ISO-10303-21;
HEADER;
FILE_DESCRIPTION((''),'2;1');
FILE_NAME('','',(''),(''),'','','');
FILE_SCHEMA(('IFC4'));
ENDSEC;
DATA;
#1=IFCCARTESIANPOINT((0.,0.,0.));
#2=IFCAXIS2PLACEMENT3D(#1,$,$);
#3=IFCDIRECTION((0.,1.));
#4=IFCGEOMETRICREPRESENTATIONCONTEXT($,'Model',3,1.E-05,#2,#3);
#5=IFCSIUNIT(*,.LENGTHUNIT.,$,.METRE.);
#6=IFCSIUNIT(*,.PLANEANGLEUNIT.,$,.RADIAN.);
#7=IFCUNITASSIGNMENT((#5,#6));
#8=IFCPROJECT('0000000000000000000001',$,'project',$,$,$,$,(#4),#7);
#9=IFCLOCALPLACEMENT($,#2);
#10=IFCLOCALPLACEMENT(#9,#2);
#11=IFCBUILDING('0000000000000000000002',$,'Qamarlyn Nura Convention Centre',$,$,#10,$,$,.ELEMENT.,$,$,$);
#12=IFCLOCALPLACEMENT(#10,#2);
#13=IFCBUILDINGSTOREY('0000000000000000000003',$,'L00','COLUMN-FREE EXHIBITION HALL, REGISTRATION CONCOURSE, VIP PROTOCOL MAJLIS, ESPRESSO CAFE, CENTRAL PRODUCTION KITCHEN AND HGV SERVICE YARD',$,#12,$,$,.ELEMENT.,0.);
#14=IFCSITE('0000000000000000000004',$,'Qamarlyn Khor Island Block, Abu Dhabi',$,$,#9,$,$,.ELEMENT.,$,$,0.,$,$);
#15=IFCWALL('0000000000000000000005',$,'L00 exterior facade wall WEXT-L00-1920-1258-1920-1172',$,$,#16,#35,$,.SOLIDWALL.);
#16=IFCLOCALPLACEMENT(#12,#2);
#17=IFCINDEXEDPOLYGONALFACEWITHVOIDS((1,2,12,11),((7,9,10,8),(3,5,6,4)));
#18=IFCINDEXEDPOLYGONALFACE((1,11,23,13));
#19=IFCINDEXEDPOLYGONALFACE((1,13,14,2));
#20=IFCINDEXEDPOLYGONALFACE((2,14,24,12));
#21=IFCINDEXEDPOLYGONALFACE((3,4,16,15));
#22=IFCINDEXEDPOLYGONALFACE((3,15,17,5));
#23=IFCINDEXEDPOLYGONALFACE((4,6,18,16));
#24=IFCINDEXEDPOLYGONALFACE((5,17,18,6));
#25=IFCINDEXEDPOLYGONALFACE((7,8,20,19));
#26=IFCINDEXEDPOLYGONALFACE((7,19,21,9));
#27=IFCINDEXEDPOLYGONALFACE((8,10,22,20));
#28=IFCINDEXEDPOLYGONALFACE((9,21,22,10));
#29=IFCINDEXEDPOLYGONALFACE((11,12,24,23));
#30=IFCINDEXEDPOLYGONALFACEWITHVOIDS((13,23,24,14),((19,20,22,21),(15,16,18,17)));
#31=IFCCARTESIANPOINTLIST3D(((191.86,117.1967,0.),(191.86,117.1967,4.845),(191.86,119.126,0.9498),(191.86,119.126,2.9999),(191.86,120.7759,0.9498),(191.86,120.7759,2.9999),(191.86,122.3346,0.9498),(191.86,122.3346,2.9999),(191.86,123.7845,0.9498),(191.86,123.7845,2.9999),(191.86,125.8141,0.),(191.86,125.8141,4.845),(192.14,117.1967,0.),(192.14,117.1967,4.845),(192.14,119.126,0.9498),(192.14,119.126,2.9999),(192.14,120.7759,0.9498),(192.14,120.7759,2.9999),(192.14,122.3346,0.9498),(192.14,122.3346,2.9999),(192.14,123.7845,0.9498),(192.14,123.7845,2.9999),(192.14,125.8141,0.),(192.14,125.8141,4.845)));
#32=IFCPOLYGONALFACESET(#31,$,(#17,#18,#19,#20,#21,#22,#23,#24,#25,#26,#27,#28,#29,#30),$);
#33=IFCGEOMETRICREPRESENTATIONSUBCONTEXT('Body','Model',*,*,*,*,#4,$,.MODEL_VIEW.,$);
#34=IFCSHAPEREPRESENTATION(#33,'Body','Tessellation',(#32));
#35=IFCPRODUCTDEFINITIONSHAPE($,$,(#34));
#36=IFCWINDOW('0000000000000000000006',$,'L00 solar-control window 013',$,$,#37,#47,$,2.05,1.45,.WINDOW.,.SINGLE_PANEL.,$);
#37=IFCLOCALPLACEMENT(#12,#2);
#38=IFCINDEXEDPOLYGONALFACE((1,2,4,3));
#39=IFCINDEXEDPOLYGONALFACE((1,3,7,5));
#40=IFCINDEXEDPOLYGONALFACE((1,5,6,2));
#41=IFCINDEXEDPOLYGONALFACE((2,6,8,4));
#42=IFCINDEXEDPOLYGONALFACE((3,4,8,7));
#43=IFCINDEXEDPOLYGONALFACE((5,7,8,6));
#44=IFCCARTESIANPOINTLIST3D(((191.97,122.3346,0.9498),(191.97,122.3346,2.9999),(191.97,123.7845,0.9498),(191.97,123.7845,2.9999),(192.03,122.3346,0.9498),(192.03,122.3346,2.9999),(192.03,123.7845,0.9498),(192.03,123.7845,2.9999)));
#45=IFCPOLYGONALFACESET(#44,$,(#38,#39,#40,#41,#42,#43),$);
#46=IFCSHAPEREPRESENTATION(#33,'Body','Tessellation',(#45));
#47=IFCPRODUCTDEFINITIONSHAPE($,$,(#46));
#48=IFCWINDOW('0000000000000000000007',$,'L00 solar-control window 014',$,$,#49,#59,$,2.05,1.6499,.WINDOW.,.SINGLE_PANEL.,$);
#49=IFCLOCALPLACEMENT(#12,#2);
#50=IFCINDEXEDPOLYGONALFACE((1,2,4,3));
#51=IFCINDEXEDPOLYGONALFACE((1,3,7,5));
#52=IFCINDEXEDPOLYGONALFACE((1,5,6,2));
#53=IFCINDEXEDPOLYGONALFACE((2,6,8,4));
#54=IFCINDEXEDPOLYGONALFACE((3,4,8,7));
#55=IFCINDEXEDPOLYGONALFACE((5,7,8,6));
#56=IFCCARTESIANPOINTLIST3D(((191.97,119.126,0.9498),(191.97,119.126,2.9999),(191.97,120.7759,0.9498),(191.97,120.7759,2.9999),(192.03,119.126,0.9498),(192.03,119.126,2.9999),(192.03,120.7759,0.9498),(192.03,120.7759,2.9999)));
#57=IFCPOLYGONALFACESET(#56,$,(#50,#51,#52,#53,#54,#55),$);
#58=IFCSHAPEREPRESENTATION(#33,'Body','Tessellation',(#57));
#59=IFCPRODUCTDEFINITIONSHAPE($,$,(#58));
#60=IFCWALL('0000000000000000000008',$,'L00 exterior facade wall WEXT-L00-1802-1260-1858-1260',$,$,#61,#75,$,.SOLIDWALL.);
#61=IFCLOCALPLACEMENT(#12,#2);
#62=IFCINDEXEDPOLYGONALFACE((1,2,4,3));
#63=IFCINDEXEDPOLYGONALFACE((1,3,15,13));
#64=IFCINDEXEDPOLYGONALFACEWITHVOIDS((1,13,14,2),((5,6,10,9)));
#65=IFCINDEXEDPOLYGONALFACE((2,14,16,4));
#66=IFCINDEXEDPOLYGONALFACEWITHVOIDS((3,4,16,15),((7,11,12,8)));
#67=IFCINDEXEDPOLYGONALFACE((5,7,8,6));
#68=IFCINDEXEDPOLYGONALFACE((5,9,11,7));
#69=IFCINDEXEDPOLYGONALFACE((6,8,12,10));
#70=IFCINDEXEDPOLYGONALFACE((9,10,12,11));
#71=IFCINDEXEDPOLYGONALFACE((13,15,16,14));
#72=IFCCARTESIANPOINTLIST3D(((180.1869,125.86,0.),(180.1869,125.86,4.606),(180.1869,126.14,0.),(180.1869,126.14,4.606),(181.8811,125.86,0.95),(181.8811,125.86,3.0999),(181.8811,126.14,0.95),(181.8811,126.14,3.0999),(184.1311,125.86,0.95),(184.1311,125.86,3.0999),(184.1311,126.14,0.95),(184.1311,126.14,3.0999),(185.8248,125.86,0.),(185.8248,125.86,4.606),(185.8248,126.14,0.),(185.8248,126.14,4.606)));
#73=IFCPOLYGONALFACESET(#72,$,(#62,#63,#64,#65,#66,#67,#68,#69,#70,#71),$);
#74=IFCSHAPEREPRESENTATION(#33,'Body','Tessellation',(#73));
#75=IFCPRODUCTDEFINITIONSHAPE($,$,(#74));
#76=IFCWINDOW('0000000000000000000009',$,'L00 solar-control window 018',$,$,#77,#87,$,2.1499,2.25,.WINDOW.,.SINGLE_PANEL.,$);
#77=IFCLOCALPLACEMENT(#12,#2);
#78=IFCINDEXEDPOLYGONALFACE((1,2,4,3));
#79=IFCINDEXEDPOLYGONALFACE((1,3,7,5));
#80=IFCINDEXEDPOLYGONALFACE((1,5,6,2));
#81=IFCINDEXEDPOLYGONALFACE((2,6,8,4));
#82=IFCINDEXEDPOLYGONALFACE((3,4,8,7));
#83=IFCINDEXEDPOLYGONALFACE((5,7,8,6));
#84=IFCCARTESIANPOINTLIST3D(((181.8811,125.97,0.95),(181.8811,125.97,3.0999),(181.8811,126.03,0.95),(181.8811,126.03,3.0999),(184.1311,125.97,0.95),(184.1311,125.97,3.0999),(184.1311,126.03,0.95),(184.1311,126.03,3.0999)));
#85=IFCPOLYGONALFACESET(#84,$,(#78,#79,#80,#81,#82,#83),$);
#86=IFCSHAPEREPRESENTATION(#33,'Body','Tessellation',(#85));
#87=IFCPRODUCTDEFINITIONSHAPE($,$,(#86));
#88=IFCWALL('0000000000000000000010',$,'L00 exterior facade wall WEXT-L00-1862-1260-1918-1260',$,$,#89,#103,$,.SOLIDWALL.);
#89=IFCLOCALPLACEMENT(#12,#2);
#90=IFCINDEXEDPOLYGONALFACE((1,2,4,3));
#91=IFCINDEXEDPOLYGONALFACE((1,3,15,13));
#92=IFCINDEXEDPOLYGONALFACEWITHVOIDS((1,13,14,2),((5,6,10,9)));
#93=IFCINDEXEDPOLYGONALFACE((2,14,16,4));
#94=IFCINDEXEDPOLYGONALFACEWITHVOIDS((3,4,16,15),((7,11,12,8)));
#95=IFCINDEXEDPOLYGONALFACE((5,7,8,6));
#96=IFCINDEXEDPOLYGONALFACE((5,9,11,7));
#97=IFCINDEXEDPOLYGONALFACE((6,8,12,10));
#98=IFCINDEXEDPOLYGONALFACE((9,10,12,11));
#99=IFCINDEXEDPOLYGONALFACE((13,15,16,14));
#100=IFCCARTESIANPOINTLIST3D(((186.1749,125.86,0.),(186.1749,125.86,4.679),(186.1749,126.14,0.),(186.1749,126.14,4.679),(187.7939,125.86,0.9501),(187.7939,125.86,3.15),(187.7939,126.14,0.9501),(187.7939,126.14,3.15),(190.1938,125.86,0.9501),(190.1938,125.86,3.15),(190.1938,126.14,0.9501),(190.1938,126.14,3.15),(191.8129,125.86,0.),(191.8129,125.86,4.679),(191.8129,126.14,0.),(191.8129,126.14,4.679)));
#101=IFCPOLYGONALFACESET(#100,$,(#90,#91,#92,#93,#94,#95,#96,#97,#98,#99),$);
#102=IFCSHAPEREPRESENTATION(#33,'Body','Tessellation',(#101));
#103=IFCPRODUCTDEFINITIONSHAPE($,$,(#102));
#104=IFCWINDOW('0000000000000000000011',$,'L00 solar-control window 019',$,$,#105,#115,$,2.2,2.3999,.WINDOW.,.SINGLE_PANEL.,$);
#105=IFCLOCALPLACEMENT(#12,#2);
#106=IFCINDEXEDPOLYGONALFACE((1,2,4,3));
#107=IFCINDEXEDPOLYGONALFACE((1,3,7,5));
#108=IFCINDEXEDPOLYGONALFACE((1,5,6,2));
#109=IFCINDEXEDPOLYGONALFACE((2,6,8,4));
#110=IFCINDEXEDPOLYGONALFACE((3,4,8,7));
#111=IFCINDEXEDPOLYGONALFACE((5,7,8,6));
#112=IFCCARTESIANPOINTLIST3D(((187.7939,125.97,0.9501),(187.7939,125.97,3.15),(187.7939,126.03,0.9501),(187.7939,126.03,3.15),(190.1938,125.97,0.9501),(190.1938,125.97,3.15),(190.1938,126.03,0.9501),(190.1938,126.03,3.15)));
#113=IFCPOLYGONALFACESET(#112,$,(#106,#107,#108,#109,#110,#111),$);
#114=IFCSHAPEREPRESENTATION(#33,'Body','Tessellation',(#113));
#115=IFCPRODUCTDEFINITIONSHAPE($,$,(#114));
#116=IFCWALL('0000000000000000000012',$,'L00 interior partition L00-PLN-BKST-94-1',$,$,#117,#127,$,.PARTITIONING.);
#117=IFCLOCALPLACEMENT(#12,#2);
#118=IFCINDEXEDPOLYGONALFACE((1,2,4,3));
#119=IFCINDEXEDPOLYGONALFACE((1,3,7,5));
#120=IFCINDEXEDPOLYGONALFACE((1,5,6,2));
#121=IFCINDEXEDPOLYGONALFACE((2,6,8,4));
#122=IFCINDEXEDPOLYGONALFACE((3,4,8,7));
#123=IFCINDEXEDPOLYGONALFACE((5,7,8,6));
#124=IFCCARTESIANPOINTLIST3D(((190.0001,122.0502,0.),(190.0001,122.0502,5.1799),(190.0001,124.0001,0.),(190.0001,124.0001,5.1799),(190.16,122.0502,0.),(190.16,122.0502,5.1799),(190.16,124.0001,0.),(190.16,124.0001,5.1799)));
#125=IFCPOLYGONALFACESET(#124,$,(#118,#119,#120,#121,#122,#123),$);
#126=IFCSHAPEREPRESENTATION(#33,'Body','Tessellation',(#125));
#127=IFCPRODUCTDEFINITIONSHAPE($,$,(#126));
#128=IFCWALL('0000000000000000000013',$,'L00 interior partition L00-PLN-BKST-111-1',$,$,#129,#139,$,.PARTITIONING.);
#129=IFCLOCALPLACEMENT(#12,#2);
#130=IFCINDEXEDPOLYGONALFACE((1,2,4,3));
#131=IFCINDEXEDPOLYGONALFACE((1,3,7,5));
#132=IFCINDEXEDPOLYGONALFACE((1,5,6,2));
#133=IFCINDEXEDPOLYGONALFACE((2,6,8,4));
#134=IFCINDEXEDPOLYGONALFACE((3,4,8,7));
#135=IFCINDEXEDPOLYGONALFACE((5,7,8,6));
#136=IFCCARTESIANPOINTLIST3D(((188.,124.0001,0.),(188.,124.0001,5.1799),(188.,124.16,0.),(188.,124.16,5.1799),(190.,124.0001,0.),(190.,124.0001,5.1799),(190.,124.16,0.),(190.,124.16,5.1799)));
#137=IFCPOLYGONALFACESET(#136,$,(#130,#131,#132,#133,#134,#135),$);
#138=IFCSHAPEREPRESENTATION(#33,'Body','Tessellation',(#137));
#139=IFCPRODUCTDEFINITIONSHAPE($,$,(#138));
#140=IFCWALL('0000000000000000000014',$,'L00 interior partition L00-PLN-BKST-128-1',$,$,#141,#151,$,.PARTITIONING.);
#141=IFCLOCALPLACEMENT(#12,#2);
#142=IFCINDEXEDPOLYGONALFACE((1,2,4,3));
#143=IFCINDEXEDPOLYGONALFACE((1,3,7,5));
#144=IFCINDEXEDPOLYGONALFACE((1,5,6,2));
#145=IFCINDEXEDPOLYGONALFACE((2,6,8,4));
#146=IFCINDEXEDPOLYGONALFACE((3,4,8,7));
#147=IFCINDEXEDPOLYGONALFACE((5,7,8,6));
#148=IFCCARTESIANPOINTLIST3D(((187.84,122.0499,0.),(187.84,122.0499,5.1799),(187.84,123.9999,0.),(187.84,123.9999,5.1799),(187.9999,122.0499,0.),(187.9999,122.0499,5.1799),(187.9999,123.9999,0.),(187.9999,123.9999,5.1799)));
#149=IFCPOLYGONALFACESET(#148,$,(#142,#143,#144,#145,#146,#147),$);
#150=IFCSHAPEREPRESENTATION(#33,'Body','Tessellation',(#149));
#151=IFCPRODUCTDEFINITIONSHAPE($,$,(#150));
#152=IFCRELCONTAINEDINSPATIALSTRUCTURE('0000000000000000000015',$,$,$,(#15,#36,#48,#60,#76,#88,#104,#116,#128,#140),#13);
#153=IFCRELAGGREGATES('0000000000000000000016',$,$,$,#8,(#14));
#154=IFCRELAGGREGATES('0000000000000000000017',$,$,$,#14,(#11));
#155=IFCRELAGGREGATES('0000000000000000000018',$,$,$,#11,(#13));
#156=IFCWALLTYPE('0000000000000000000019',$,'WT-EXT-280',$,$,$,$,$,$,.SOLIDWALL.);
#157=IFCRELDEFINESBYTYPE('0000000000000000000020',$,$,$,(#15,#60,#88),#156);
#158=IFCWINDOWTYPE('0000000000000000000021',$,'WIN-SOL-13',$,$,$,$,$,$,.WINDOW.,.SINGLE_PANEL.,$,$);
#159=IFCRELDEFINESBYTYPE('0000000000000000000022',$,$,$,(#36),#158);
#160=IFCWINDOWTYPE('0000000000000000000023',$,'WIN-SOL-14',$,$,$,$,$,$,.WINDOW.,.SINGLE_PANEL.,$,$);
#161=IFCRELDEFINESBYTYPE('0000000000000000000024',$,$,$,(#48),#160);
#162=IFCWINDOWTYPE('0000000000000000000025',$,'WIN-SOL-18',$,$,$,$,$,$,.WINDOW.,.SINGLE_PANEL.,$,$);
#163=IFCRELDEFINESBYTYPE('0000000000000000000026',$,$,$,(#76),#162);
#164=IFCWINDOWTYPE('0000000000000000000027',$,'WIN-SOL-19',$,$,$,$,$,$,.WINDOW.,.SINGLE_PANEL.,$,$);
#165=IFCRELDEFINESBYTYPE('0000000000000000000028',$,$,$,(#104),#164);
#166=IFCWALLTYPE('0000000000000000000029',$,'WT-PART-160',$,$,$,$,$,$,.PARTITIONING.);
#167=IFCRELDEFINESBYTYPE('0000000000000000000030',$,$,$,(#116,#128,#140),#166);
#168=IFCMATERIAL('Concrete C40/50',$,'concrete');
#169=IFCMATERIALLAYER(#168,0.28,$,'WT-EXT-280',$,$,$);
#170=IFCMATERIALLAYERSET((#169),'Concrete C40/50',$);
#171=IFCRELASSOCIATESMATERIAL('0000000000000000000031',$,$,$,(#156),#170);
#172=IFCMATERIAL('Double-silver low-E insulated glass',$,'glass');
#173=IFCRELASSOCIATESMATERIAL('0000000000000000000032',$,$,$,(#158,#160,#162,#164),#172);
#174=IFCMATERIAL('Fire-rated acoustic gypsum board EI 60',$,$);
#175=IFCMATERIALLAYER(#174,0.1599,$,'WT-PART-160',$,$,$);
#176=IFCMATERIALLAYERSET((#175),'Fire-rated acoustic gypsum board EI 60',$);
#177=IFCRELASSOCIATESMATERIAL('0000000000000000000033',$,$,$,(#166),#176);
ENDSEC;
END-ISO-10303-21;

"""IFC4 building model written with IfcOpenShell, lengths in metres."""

from ifc_helpers import new_model, si_unit, direction, frame, frame_2d, origin, place, context, subcontext, project, spatial, rectangle, extrude, material, layer, layer_set, type_object, element, fill, save


model = new_model("IFC4")

# Units and contexts
model_context = context("Model", 3, precision=1e-05, world=origin(), true_north=direction((0.0, 1.0)))
body_context = subcontext(model_context, "Body", "Model", "MODEL_VIEW")
ifc_project = project(units=[si_unit("LENGTHUNIT", "METRE"), si_unit("PLANEANGLEUNIT", "RADIAN")], contexts=[model_context])

# Site, building, storey
site_placement = place(None, origin())
site = spatial("IfcSite", under=ifc_project, at=site_placement, Name="Qamarlyn Khor Island Block, Abu Dhabi", CompositionType="ELEMENT", RefElevation=0.0)
building_placement = place(site_placement, origin())
building = spatial("IfcBuilding", under=site, at=building_placement, Name="Qamarlyn Nura Convention Centre", CompositionType="ELEMENT")
storey_placement = place(building_placement, origin())
storey = spatial("IfcBuildingStorey", under=building, at=storey_placement, Name="L00", Description="COLUMN-FREE EXHIBITION HALL, REGISTRATION CONCOURSE, VIP PROTOCOL MAJLIS, ESPRESSO CAFE, CENTRAL PRODUCTION KITCHEN AND HGV SERVICE YARD", CompositionType="ELEMENT", Elevation=0.0)

# Shared definitions
ifc_material_1 = material(Name="Concrete C40/50", Category="concrete")
ifc_layer_1 = layer(ifc_material_1, 0.28, Name="WT-EXT-280")
ifc_layer_set_1 = layer_set([ifc_layer_1], Name="Concrete C40/50")
wall_type_1 = type_object("IfcWallType", Name="WT-EXT-280", PredefinedType="SOLIDWALL", material=ifc_layer_set_1)

# Wall, openings, windows
wall_1_placement = place(storey_placement, frame((192.0, 125.814, 0.0), z_axis=(0.0, 0.0, 1.0), x_axis=(0.0, -1.0, 0.0)))
wall_1 = element("IfcWall", 1, at=wall_1_placement, inside=storey, type_object=wall_type_1, Name="L00 exterior facade wall WEXT-L00-1920-1258-1920-1172", PredefinedType="SOLIDWALL", context=body_context, shape_type="SweptSolid", body=[
    extrude(rectangle(XDim=8.6174, YDim=0.28, at=frame_2d((4.3086, 0.0))), origin(), (0.0, 0.0, 1.0), 4.845),
])
opening_1_placement = place(wall_1_placement, frame((2.0293, 0.0, 0.95)))
opening_1 = element("IfcOpeningElement", 2, at=opening_1_placement, cuts=wall_1, PredefinedType="OPENING", context=body_context, shape_type="SweptSolid", body=[
    extrude(rectangle(XDim=1.45, YDim=2.05, at=frame_2d((0.7251, 1.0249))), frame((0.0, 0.1499, 0.0), z_axis=(0.0, -1.0, 0.0), x_axis=(1.0, 0.0, 0.0)), (0.0, 0.0, 1.0), 0.3),
])
opening_2_placement = place(wall_1_placement, frame((5.0381, 0.0, 0.95)))
opening_2 = element("IfcOpeningElement", 3, at=opening_2_placement, cuts=wall_1, PredefinedType="OPENING", context=body_context, shape_type="SweptSolid", body=[
    extrude(rectangle(XDim=1.6499, YDim=2.05, at=frame_2d((0.825, 1.0249))), frame((0.0, 0.1499, 0.0), z_axis=(0.0, -1.0, 0.0), x_axis=(1.0, 0.0, 0.0)), (0.0, 0.0, 1.0), 0.3),
])
ifc_material_2 = material(Name="Double-silver low-E insulated glass", Category="glass")
window_type_1 = type_object("IfcWindowType", Name="WIN-SOL-13", PartitioningType="SINGLE_PANEL", PredefinedType="WINDOW", material=ifc_material_2)
window_1_placement = place(opening_1_placement, origin())
window_1 = element("IfcWindow", 4, at=window_1_placement, inside=storey, type_object=window_type_1, Name="L00 solar-control window 013", OverallHeight=2.05, OverallWidth=1.45, PartitioningType="SINGLE_PANEL", PredefinedType="WINDOW", context=body_context, shape_type="SweptSolid", body=[
    extrude(rectangle(XDim=1.45, YDim=2.05, at=frame_2d((0.7251, 1.0249))), frame((0.0, 0.03, 0.0), z_axis=(0.0, -1.0, 0.0), x_axis=(1.0, 0.0, 0.0)), (0.0, 0.0, 1.0), 0.0601),
])
fill(opening_1, window_1)
window_type_2 = type_object("IfcWindowType", Name="WIN-SOL-14", PartitioningType="SINGLE_PANEL", PredefinedType="WINDOW", material=ifc_material_2)
window_2_placement = place(opening_2_placement, origin())
window_2 = element("IfcWindow", 5, at=window_2_placement, inside=storey, type_object=window_type_2, Name="L00 solar-control window 014", OverallHeight=2.05, OverallWidth=1.6499, PartitioningType="SINGLE_PANEL", PredefinedType="WINDOW", context=body_context, shape_type="SweptSolid", body=[
    extrude(rectangle(XDim=1.6499, YDim=2.05, at=frame_2d((0.825, 1.0249))), frame((0.0, 0.03, 0.0), z_axis=(0.0, -1.0, 0.0), x_axis=(1.0, 0.0, 0.0)), (0.0, 0.0, 1.0), 0.0601),
])
fill(opening_2, window_2)

# Walls, openings, windows
wall_2_placement = place(storey_placement, frame((180.187, 126.0, 0.0), z_axis=(0.0, 0.0, 1.0), x_axis=(1.0, 0.0, 0.0)))
wall_2 = element("IfcWall", 6, at=wall_2_placement, inside=storey, type_object=wall_type_1, Name="L00 exterior facade wall WEXT-L00-1802-1260-1858-1260", PredefinedType="SOLIDWALL", context=body_context, shape_type="SweptSolid", body=[
    extrude(rectangle(XDim=5.6379, YDim=0.28, at=frame_2d((2.8188, 0.0))), origin(), (0.0, 0.0, 1.0), 4.606),
])
opening_3_placement = place(wall_2_placement, frame((1.6941, 0.0, 0.95)))
opening_3 = element("IfcOpeningElement", 7, at=opening_3_placement, cuts=wall_2, PredefinedType="OPENING", context=body_context, shape_type="SweptSolid", body=[
    extrude(rectangle(XDim=2.25, YDim=2.1499, at=frame_2d((1.125, 1.075))), frame((0.0, 0.1499, 0.0), z_axis=(0.0, -1.0, 0.0), x_axis=(1.0, 0.0, 0.0)), (0.0, 0.0, 1.0), 0.3),
])
window_type_3 = type_object("IfcWindowType", Name="WIN-SOL-18", PartitioningType="SINGLE_PANEL", PredefinedType="WINDOW", material=ifc_material_2)
window_3_placement = place(opening_3_placement, origin())
window_3 = element("IfcWindow", 8, at=window_3_placement, inside=storey, type_object=window_type_3, Name="L00 solar-control window 018", OverallHeight=2.1499, OverallWidth=2.25, PartitioningType="SINGLE_PANEL", PredefinedType="WINDOW", context=body_context, shape_type="SweptSolid", body=[
    extrude(rectangle(XDim=2.25, YDim=2.1499, at=frame_2d((1.125, 1.075))), frame((0.0, 0.03, 0.0), z_axis=(0.0, -1.0, 0.0), x_axis=(1.0, 0.0, 0.0)), (0.0, 0.0, 1.0), 0.0601),
])
fill(opening_3, window_3)
wall_3_placement = place(storey_placement, frame((186.175, 126.0, 0.0), z_axis=(0.0, 0.0, 1.0), x_axis=(1.0, 0.0, 0.0)))
wall_3 = element("IfcWall", 9, at=wall_3_placement, inside=storey, type_object=wall_type_1, Name="L00 exterior facade wall WEXT-L00-1862-1260-1918-1260", PredefinedType="SOLIDWALL", context=body_context, shape_type="SweptSolid", body=[
    extrude(rectangle(XDim=5.6379, YDim=0.28, at=frame_2d((2.8188, 0.0))), origin(), (0.0, 0.0, 1.0), 4.679),
])
opening_4_placement = place(wall_3_placement, frame((1.6189, 0.0, 0.95)))
opening_4 = element("IfcOpeningElement", 10, at=opening_4_placement, cuts=wall_3, PredefinedType="OPENING", context=body_context, shape_type="SweptSolid", body=[
    extrude(rectangle(XDim=2.3999, YDim=2.2, at=frame_2d((1.2, 1.1001))), frame((0.0, 0.1499, 0.0), z_axis=(0.0, -1.0, 0.0), x_axis=(1.0, 0.0, 0.0)), (0.0, 0.0, 1.0), 0.3),
])
window_type_4 = type_object("IfcWindowType", Name="WIN-SOL-19", PartitioningType="SINGLE_PANEL", PredefinedType="WINDOW", material=ifc_material_2)
window_4_placement = place(opening_4_placement, origin())
window_4 = element("IfcWindow", 11, at=window_4_placement, inside=storey, type_object=window_type_4, Name="L00 solar-control window 019", OverallHeight=2.2, OverallWidth=2.3999, PartitioningType="SINGLE_PANEL", PredefinedType="WINDOW", context=body_context, shape_type="SweptSolid", body=[
    extrude(rectangle(XDim=2.3999, YDim=2.2, at=frame_2d((1.2, 1.1001))), frame((0.0, 0.03, 0.0), z_axis=(0.0, -1.0, 0.0), x_axis=(1.0, 0.0, 0.0)), (0.0, 0.0, 1.0), 0.0601),
])
fill(opening_4, window_4)

# Walls
ifc_material_3 = material(Name="Fire-rated acoustic gypsum board EI 60")
ifc_layer_2 = layer(ifc_material_3, 0.1599, Name="WT-PART-160")
ifc_layer_set_2 = layer_set([ifc_layer_2], Name="Fire-rated acoustic gypsum board EI 60")
wall_type_2 = type_object("IfcWallType", Name="WT-PART-160", PredefinedType="PARTITIONING", material=ifc_layer_set_2)
wall_4_placement = place(storey_placement, frame((190.0801, 122.05, 0.0), z_axis=(0.0, 0.0, 1.0), x_axis=(0.0, 1.0, 0.0)))
element("IfcWall", 12, at=wall_4_placement, inside=storey, type_object=wall_type_2, Name="L00 interior partition L00-PLN-BKST-94-1", PredefinedType="PARTITIONING", context=body_context, shape_type="SweptSolid", body=[
    extrude(rectangle(XDim=1.95, YDim=0.1599, at=frame_2d((0.9751, 0.0))), origin(), (0.0, 0.0, 1.0), 5.1799),
])
wall_5_placement = place(storey_placement, frame((190.0, 124.0801, 0.0), z_axis=(0.0, 0.0, 1.0), x_axis=(-1.0, 0.0, 0.0)))
element("IfcWall", 13, at=wall_5_placement, inside=storey, type_object=wall_type_2, Name="L00 interior partition L00-PLN-BKST-111-1", PredefinedType="PARTITIONING", context=body_context, shape_type="SweptSolid", body=[
    extrude(rectangle(XDim=2.0, YDim=0.1599, at=frame_2d((1.0, 0.0))), origin(), (0.0, 0.0, 1.0), 5.1799),
])
wall_6_placement = place(storey_placement, frame((187.9199, 124.0, 0.0), z_axis=(0.0, 0.0, 1.0), x_axis=(0.0, -1.0, 0.0)))
element("IfcWall", 14, at=wall_6_placement, inside=storey, type_object=wall_type_2, Name="L00 interior partition L00-PLN-BKST-128-1", PredefinedType="PARTITIONING", context=body_context, shape_type="SweptSolid", body=[
    extrude(rectangle(XDim=1.95, YDim=0.1599, at=frame_2d((0.9751, 0.0))), origin(), (0.0, 0.0, 1.0), 5.1799),
])

save(model, "model.ifc")
